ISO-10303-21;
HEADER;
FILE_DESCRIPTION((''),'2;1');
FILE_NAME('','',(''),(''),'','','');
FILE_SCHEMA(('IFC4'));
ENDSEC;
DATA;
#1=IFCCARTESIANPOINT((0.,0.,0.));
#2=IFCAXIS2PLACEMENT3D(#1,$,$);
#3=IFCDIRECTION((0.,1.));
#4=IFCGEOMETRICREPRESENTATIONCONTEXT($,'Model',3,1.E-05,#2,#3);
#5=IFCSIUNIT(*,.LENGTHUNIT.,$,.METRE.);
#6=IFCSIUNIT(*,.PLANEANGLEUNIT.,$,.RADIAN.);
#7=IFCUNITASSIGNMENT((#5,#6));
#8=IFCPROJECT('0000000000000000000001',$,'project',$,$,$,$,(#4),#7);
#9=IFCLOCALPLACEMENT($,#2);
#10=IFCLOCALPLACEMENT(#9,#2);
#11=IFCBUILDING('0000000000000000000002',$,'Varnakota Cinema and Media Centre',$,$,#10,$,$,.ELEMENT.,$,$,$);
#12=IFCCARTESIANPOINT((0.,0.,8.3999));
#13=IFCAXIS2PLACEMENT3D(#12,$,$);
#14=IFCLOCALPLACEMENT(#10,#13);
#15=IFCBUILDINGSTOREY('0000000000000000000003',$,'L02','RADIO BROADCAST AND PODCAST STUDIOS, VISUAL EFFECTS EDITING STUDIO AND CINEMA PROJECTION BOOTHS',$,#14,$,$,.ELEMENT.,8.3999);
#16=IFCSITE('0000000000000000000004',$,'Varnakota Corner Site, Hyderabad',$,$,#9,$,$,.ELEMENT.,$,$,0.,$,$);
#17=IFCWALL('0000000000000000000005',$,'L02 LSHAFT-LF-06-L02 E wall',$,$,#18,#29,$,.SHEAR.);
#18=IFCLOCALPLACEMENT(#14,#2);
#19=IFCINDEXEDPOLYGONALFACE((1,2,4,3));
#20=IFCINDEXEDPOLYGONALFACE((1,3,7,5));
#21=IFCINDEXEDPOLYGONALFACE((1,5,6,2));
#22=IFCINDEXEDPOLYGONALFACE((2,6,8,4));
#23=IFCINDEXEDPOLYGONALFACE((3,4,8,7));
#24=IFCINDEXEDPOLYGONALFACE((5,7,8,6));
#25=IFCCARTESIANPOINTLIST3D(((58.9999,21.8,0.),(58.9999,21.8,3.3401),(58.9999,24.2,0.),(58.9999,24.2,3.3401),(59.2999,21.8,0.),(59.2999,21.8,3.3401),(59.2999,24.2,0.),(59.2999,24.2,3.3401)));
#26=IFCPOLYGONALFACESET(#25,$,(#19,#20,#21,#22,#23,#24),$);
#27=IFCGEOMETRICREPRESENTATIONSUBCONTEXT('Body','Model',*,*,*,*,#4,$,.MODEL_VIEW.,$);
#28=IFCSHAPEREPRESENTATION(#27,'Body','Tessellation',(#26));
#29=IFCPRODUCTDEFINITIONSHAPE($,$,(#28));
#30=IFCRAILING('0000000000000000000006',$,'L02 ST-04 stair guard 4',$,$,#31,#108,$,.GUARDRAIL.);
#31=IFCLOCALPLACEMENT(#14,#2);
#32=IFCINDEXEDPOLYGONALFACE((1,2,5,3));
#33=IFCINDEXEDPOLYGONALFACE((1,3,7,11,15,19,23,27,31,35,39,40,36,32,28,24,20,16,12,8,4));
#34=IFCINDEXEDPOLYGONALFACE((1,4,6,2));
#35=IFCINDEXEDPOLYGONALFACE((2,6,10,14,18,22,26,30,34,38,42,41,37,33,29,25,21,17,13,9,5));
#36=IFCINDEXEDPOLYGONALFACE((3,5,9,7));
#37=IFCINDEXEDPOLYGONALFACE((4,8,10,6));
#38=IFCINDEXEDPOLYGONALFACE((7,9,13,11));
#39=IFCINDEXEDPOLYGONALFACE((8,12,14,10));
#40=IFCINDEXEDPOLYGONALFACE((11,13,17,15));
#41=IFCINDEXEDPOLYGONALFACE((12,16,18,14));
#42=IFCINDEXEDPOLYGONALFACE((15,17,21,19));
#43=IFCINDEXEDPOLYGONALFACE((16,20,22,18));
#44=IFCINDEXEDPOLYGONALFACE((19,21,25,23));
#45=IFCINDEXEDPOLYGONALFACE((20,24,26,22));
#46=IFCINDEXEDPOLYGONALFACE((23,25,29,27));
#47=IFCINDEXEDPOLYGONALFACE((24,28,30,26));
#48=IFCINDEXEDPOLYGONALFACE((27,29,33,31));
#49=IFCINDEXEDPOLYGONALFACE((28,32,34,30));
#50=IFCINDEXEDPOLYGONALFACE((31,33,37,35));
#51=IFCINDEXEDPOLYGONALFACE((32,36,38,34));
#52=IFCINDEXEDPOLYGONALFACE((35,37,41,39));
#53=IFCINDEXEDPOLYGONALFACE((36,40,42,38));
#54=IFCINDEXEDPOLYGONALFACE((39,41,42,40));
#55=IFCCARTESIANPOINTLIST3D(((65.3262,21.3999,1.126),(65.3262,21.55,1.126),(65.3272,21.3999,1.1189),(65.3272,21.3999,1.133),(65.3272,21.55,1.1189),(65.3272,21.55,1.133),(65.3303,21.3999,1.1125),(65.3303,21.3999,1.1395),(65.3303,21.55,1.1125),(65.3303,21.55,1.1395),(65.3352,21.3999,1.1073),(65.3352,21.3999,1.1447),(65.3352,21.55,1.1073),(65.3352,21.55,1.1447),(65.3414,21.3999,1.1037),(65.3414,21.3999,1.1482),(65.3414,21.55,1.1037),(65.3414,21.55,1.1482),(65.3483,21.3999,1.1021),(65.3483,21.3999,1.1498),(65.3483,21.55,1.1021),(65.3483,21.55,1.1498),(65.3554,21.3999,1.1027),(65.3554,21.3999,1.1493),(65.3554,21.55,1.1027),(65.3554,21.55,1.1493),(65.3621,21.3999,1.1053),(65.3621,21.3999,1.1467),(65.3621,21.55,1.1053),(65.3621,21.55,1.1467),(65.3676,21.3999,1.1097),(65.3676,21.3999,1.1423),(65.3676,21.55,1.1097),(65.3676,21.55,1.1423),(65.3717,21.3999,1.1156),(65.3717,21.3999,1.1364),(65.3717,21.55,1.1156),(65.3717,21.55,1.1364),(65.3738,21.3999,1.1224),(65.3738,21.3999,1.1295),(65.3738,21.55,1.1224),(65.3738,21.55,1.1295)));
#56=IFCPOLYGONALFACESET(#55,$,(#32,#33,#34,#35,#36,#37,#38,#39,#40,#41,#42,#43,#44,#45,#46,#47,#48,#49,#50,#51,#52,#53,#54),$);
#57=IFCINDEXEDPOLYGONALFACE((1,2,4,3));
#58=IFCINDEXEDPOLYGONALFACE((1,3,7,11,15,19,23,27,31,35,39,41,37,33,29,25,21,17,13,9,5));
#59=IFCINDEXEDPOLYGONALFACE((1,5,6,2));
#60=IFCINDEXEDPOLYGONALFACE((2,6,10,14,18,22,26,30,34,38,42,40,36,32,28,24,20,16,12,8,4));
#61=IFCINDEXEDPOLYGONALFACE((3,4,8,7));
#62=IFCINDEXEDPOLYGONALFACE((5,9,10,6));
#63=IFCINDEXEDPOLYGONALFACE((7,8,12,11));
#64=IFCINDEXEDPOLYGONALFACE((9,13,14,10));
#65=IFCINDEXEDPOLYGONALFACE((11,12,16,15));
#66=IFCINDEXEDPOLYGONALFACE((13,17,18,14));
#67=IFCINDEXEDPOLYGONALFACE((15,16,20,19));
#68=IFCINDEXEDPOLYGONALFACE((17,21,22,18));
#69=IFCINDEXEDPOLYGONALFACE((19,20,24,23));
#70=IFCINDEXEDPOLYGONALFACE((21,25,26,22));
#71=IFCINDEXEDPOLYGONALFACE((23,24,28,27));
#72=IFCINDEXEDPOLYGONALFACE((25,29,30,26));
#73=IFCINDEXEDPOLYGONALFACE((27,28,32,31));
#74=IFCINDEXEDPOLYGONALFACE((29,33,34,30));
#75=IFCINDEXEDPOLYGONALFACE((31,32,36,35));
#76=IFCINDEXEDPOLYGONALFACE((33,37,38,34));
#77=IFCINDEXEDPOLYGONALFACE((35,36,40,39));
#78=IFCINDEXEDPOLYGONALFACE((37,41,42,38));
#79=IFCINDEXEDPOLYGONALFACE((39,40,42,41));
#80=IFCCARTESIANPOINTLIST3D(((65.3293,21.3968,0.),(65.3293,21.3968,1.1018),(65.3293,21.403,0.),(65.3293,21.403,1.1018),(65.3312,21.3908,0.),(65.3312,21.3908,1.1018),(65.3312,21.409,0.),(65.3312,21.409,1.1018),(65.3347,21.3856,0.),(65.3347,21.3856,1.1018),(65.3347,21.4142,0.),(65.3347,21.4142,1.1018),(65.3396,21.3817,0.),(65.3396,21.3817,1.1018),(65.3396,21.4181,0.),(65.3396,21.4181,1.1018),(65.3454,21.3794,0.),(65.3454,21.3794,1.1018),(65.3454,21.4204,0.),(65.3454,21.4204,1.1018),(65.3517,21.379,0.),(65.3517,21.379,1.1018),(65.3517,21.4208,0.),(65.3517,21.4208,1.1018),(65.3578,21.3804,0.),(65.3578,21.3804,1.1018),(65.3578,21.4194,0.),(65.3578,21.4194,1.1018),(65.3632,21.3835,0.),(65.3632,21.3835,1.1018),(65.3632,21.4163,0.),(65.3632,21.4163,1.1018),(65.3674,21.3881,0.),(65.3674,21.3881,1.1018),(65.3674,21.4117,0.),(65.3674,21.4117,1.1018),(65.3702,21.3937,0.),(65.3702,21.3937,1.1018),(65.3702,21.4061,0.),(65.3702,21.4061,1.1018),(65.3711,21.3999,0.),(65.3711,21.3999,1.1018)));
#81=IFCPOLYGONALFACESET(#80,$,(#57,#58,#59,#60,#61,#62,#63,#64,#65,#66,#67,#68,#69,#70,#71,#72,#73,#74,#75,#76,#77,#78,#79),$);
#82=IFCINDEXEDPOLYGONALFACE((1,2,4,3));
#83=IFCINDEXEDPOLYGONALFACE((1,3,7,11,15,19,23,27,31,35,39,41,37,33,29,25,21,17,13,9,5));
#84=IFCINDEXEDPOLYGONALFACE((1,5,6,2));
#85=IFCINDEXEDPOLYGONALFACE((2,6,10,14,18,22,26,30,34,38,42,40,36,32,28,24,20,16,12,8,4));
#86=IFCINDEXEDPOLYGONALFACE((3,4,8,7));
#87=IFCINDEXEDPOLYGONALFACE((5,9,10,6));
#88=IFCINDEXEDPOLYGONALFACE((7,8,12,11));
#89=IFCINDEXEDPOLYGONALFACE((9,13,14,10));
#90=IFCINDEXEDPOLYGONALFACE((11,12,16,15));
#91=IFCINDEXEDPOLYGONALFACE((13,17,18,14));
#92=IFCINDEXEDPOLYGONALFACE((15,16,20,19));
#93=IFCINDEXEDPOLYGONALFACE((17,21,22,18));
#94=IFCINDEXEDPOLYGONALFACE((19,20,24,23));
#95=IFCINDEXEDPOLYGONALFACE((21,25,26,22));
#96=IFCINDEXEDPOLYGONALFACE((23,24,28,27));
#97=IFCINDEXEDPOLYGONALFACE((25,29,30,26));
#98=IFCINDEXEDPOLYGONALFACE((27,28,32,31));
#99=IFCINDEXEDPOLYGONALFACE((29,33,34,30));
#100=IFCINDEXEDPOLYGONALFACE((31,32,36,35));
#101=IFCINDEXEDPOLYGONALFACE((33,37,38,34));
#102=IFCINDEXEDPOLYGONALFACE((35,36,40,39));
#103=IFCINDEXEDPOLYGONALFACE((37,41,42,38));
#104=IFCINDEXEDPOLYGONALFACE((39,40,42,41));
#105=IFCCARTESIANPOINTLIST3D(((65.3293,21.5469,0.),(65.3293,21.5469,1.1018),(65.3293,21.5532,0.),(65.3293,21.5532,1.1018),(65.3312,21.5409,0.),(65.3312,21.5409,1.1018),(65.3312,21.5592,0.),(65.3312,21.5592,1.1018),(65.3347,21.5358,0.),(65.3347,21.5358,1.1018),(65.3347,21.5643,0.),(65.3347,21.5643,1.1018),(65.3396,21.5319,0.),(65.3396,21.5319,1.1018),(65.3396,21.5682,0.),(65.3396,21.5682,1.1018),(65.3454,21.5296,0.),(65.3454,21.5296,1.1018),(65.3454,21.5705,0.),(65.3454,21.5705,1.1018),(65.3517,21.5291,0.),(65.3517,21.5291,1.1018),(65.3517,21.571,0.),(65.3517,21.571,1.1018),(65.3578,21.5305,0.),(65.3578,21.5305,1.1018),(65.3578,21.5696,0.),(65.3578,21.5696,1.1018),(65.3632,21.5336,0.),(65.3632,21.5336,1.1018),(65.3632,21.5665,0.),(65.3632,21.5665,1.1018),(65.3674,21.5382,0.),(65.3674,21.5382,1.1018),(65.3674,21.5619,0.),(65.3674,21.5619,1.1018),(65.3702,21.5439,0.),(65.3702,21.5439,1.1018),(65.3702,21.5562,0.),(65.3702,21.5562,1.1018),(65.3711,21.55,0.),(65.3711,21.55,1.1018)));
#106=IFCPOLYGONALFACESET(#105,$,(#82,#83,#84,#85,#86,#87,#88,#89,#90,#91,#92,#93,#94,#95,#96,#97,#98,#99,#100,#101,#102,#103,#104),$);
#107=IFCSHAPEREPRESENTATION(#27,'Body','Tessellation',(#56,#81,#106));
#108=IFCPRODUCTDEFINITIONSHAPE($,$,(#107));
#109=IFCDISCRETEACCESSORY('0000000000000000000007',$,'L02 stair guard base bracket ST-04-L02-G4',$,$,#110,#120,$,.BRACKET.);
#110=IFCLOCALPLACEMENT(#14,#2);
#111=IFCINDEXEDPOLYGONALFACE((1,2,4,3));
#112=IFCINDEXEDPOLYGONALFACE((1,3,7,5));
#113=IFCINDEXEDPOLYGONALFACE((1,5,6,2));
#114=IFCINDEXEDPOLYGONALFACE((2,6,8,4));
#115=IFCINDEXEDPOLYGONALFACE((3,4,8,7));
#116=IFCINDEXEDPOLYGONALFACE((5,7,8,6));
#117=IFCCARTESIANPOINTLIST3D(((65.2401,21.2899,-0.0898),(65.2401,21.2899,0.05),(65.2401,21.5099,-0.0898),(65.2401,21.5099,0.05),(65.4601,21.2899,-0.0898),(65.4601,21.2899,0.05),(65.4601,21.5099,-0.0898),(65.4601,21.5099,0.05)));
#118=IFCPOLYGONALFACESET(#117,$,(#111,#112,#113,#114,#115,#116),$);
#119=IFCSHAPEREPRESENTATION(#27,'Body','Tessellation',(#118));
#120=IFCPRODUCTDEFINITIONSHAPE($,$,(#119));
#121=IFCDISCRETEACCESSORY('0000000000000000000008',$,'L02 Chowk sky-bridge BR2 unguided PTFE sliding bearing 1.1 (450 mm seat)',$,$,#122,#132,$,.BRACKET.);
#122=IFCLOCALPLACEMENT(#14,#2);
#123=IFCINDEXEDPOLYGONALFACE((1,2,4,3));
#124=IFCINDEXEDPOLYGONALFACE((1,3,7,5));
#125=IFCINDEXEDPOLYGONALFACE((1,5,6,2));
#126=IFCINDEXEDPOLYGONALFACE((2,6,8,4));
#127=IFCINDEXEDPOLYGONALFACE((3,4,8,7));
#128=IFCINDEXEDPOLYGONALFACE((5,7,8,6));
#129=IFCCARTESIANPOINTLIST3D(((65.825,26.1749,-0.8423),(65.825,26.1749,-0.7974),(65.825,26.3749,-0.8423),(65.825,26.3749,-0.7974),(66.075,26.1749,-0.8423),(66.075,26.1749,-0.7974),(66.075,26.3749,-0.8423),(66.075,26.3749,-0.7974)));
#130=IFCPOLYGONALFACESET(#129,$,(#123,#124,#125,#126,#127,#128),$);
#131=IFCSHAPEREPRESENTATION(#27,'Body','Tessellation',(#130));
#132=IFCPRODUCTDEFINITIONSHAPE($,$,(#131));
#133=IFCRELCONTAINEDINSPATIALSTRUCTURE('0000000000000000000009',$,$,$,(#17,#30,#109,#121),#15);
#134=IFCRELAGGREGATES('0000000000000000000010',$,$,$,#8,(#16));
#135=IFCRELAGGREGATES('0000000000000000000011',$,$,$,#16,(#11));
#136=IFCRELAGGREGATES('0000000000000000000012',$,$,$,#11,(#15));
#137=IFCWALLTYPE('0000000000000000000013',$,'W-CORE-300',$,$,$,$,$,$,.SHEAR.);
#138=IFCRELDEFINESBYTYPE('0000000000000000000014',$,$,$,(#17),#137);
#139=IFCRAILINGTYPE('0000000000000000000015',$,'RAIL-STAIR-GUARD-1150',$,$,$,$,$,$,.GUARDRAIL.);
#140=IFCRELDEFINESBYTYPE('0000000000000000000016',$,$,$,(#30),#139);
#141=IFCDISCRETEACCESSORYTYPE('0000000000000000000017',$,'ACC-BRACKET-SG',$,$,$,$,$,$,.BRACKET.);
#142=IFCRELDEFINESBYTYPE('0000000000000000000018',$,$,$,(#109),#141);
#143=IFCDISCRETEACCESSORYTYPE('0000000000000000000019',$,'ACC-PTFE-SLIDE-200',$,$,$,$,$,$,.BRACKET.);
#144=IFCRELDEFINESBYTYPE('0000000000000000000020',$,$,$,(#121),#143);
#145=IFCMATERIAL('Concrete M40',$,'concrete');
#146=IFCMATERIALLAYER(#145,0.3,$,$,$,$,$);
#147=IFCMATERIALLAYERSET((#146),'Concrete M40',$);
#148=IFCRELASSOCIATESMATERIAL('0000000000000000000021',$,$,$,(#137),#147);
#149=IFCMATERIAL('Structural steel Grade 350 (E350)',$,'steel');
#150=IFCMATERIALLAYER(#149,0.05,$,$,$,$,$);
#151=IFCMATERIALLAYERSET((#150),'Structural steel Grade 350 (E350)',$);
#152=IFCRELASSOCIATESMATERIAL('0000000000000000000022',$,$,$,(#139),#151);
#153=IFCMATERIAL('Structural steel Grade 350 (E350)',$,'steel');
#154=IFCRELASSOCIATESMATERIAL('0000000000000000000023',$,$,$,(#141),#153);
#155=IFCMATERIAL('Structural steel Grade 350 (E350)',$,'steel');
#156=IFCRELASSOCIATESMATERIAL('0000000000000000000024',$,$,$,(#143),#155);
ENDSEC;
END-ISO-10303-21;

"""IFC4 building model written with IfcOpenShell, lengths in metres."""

from ifc_helpers import new_model, si_unit, direction, frame, frame_2d, origin, origin_2d, place, context, subcontext, project, spatial, rectangle, circle, extrude, material, layer, layer_set, type_object, element, save


model = new_model("IFC4")

# Units and contexts
model_context = context("Model", 3, precision=1e-05, world=origin(), true_north=direction((0.0, 1.0)))
body_context = subcontext(model_context, "Body", "Model", "MODEL_VIEW")
ifc_project = project(units=[si_unit("LENGTHUNIT", "METRE"), si_unit("PLANEANGLEUNIT", "RADIAN")], contexts=[model_context])

# Site, building, storey
site_placement = place(None, origin())
site = spatial("IfcSite", under=ifc_project, at=site_placement, Name="Varnakota Corner Site, Hyderabad", CompositionType="ELEMENT", RefElevation=0.0)
building_placement = place(site_placement, origin())
building = spatial("IfcBuilding", under=site, at=building_placement, Name="Varnakota Cinema and Media Centre", CompositionType="ELEMENT")
storey_placement = place(building_placement, frame((0.0, 0.0, 8.3999)))
storey = spatial("IfcBuildingStorey", under=building, at=storey_placement, Name="L02", Description="RADIO BROADCAST AND PODCAST STUDIOS, VISUAL EFFECTS EDITING STUDIO AND CINEMA PROJECTION BOOTHS", CompositionType="ELEMENT", Elevation=8.3999)

# Shared definitions
ifc_material_1 = material(Name="Concrete M40", Category="concrete")
ifc_layer_1 = layer(ifc_material_1, 0.3)
ifc_layer_set_1 = layer_set([ifc_layer_1], Name="Concrete M40")
wall_type = type_object("IfcWallType", Name="W-CORE-300", PredefinedType="SHEAR", material=ifc_layer_set_1)

# Wall
wall_1_placement = place(storey_placement, frame((59.1499, 24.2, 0.0), z_axis=(0.0, 0.0, 1.0), x_axis=(0.0, -1.0, 0.0)))
element("IfcWall", 1, at=wall_1_placement, inside=storey, type_object=wall_type, Name="L02 LSHAFT-LF-06-L02 E wall", PredefinedType="SHEAR", context=body_context, shape_type="SweptSolid", body=[
    extrude(rectangle(XDim=2.3999, YDim=0.3, at=frame_2d((1.2, 0.0))), origin(), (0.0, 0.0, 1.0), 3.3401),
])

# Railing
ifc_material_2 = material(Name="Structural steel Grade 350 (E350)", Category="steel")
ifc_layer_2 = layer(ifc_material_2, 0.05)
ifc_layer_set_2 = layer_set([ifc_layer_2], Name="Structural steel Grade 350 (E350)")
railing_type_1 = type_object("IfcRailingType", Name="RAIL-STAIR-GUARD-1150", PredefinedType="GUARDRAIL", material=ifc_layer_set_2)
railing_1_placement = place(storey_placement, frame((65.3501, 21.3999, 0.0)))
element("IfcRailing", 2, at=railing_1_placement, inside=storey, type_object=railing_type_1, Name="L02 ST-04 stair guard 4", PredefinedType="GUARDRAIL", context=body_context, shape_type="SweptSolid", body=[
    extrude(circle(Radius=0.0239, at=origin_2d()), frame((0.0, 0.0, 1.126), z_axis=(0.0, 1.0, 0.0), x_axis=(-1.0, 0.0, 0.0)), (0.0, 0.0, 1.0), 0.1501),
    extrude(circle(Radius=0.021, at=origin_2d()), origin(), (0.0, 0.0, 1.0), 1.1018),
    extrude(circle(Radius=0.021, at=origin_2d()), frame((0.0, 0.1501, 0.0)), (0.0, 0.0, 1.0), 1.1018),
])

# Discrete accessories
ifc_material_3 = material(Name="Structural steel Grade 350 (E350)", Category="steel")
discrete_accessory_type_1 = type_object("IfcDiscreteAccessoryType", Name="ACC-BRACKET-SG", PredefinedType="BRACKET", material=ifc_material_3)
discrete_accessory_1_placement = place(storey_placement, frame((65.3501, 21.3999, -0.0898), z_axis=(0.0, 0.0, 1.0), x_axis=(1.0, 0.0, 0.0)))
element("IfcDiscreteAccessory", 3, at=discrete_accessory_1_placement, inside=storey, type_object=discrete_accessory_type_1, Name="L02 stair guard base bracket ST-04-L02-G4", PredefinedType="BRACKET", context=body_context, shape_type="SweptSolid", body=[
    extrude(rectangle(XDim=0.22, YDim=0.22, at=origin_2d()), origin(), (0.0, 0.0, 1.0), 0.1399),
])
ifc_material_4 = material(Name="Structural steel Grade 350 (E350)", Category="steel")
discrete_accessory_type_2 = type_object("IfcDiscreteAccessoryType", Name="ACC-PTFE-SLIDE-200", PredefinedType="BRACKET", material=ifc_material_4)
discrete_accessory_2_placement = place(storey_placement, frame((65.95, 26.2749, -0.8423), z_axis=(0.0, 0.0, 1.0), x_axis=(1.0, 0.0, 0.0)))
element("IfcDiscreteAccessory", 4, at=discrete_accessory_2_placement, inside=storey, type_object=discrete_accessory_type_2, Name="L02 Chowk sky-bridge BR2 unguided PTFE sliding bearing 1.1 (450 mm seat)", PredefinedType="BRACKET", context=body_context, shape_type="SweptSolid", body=[
    extrude(rectangle(XDim=0.25, YDim=0.2, at=origin_2d()), origin(), (0.0, 0.0, 1.0), 0.0449),
])

save(model, "model.ifc")
